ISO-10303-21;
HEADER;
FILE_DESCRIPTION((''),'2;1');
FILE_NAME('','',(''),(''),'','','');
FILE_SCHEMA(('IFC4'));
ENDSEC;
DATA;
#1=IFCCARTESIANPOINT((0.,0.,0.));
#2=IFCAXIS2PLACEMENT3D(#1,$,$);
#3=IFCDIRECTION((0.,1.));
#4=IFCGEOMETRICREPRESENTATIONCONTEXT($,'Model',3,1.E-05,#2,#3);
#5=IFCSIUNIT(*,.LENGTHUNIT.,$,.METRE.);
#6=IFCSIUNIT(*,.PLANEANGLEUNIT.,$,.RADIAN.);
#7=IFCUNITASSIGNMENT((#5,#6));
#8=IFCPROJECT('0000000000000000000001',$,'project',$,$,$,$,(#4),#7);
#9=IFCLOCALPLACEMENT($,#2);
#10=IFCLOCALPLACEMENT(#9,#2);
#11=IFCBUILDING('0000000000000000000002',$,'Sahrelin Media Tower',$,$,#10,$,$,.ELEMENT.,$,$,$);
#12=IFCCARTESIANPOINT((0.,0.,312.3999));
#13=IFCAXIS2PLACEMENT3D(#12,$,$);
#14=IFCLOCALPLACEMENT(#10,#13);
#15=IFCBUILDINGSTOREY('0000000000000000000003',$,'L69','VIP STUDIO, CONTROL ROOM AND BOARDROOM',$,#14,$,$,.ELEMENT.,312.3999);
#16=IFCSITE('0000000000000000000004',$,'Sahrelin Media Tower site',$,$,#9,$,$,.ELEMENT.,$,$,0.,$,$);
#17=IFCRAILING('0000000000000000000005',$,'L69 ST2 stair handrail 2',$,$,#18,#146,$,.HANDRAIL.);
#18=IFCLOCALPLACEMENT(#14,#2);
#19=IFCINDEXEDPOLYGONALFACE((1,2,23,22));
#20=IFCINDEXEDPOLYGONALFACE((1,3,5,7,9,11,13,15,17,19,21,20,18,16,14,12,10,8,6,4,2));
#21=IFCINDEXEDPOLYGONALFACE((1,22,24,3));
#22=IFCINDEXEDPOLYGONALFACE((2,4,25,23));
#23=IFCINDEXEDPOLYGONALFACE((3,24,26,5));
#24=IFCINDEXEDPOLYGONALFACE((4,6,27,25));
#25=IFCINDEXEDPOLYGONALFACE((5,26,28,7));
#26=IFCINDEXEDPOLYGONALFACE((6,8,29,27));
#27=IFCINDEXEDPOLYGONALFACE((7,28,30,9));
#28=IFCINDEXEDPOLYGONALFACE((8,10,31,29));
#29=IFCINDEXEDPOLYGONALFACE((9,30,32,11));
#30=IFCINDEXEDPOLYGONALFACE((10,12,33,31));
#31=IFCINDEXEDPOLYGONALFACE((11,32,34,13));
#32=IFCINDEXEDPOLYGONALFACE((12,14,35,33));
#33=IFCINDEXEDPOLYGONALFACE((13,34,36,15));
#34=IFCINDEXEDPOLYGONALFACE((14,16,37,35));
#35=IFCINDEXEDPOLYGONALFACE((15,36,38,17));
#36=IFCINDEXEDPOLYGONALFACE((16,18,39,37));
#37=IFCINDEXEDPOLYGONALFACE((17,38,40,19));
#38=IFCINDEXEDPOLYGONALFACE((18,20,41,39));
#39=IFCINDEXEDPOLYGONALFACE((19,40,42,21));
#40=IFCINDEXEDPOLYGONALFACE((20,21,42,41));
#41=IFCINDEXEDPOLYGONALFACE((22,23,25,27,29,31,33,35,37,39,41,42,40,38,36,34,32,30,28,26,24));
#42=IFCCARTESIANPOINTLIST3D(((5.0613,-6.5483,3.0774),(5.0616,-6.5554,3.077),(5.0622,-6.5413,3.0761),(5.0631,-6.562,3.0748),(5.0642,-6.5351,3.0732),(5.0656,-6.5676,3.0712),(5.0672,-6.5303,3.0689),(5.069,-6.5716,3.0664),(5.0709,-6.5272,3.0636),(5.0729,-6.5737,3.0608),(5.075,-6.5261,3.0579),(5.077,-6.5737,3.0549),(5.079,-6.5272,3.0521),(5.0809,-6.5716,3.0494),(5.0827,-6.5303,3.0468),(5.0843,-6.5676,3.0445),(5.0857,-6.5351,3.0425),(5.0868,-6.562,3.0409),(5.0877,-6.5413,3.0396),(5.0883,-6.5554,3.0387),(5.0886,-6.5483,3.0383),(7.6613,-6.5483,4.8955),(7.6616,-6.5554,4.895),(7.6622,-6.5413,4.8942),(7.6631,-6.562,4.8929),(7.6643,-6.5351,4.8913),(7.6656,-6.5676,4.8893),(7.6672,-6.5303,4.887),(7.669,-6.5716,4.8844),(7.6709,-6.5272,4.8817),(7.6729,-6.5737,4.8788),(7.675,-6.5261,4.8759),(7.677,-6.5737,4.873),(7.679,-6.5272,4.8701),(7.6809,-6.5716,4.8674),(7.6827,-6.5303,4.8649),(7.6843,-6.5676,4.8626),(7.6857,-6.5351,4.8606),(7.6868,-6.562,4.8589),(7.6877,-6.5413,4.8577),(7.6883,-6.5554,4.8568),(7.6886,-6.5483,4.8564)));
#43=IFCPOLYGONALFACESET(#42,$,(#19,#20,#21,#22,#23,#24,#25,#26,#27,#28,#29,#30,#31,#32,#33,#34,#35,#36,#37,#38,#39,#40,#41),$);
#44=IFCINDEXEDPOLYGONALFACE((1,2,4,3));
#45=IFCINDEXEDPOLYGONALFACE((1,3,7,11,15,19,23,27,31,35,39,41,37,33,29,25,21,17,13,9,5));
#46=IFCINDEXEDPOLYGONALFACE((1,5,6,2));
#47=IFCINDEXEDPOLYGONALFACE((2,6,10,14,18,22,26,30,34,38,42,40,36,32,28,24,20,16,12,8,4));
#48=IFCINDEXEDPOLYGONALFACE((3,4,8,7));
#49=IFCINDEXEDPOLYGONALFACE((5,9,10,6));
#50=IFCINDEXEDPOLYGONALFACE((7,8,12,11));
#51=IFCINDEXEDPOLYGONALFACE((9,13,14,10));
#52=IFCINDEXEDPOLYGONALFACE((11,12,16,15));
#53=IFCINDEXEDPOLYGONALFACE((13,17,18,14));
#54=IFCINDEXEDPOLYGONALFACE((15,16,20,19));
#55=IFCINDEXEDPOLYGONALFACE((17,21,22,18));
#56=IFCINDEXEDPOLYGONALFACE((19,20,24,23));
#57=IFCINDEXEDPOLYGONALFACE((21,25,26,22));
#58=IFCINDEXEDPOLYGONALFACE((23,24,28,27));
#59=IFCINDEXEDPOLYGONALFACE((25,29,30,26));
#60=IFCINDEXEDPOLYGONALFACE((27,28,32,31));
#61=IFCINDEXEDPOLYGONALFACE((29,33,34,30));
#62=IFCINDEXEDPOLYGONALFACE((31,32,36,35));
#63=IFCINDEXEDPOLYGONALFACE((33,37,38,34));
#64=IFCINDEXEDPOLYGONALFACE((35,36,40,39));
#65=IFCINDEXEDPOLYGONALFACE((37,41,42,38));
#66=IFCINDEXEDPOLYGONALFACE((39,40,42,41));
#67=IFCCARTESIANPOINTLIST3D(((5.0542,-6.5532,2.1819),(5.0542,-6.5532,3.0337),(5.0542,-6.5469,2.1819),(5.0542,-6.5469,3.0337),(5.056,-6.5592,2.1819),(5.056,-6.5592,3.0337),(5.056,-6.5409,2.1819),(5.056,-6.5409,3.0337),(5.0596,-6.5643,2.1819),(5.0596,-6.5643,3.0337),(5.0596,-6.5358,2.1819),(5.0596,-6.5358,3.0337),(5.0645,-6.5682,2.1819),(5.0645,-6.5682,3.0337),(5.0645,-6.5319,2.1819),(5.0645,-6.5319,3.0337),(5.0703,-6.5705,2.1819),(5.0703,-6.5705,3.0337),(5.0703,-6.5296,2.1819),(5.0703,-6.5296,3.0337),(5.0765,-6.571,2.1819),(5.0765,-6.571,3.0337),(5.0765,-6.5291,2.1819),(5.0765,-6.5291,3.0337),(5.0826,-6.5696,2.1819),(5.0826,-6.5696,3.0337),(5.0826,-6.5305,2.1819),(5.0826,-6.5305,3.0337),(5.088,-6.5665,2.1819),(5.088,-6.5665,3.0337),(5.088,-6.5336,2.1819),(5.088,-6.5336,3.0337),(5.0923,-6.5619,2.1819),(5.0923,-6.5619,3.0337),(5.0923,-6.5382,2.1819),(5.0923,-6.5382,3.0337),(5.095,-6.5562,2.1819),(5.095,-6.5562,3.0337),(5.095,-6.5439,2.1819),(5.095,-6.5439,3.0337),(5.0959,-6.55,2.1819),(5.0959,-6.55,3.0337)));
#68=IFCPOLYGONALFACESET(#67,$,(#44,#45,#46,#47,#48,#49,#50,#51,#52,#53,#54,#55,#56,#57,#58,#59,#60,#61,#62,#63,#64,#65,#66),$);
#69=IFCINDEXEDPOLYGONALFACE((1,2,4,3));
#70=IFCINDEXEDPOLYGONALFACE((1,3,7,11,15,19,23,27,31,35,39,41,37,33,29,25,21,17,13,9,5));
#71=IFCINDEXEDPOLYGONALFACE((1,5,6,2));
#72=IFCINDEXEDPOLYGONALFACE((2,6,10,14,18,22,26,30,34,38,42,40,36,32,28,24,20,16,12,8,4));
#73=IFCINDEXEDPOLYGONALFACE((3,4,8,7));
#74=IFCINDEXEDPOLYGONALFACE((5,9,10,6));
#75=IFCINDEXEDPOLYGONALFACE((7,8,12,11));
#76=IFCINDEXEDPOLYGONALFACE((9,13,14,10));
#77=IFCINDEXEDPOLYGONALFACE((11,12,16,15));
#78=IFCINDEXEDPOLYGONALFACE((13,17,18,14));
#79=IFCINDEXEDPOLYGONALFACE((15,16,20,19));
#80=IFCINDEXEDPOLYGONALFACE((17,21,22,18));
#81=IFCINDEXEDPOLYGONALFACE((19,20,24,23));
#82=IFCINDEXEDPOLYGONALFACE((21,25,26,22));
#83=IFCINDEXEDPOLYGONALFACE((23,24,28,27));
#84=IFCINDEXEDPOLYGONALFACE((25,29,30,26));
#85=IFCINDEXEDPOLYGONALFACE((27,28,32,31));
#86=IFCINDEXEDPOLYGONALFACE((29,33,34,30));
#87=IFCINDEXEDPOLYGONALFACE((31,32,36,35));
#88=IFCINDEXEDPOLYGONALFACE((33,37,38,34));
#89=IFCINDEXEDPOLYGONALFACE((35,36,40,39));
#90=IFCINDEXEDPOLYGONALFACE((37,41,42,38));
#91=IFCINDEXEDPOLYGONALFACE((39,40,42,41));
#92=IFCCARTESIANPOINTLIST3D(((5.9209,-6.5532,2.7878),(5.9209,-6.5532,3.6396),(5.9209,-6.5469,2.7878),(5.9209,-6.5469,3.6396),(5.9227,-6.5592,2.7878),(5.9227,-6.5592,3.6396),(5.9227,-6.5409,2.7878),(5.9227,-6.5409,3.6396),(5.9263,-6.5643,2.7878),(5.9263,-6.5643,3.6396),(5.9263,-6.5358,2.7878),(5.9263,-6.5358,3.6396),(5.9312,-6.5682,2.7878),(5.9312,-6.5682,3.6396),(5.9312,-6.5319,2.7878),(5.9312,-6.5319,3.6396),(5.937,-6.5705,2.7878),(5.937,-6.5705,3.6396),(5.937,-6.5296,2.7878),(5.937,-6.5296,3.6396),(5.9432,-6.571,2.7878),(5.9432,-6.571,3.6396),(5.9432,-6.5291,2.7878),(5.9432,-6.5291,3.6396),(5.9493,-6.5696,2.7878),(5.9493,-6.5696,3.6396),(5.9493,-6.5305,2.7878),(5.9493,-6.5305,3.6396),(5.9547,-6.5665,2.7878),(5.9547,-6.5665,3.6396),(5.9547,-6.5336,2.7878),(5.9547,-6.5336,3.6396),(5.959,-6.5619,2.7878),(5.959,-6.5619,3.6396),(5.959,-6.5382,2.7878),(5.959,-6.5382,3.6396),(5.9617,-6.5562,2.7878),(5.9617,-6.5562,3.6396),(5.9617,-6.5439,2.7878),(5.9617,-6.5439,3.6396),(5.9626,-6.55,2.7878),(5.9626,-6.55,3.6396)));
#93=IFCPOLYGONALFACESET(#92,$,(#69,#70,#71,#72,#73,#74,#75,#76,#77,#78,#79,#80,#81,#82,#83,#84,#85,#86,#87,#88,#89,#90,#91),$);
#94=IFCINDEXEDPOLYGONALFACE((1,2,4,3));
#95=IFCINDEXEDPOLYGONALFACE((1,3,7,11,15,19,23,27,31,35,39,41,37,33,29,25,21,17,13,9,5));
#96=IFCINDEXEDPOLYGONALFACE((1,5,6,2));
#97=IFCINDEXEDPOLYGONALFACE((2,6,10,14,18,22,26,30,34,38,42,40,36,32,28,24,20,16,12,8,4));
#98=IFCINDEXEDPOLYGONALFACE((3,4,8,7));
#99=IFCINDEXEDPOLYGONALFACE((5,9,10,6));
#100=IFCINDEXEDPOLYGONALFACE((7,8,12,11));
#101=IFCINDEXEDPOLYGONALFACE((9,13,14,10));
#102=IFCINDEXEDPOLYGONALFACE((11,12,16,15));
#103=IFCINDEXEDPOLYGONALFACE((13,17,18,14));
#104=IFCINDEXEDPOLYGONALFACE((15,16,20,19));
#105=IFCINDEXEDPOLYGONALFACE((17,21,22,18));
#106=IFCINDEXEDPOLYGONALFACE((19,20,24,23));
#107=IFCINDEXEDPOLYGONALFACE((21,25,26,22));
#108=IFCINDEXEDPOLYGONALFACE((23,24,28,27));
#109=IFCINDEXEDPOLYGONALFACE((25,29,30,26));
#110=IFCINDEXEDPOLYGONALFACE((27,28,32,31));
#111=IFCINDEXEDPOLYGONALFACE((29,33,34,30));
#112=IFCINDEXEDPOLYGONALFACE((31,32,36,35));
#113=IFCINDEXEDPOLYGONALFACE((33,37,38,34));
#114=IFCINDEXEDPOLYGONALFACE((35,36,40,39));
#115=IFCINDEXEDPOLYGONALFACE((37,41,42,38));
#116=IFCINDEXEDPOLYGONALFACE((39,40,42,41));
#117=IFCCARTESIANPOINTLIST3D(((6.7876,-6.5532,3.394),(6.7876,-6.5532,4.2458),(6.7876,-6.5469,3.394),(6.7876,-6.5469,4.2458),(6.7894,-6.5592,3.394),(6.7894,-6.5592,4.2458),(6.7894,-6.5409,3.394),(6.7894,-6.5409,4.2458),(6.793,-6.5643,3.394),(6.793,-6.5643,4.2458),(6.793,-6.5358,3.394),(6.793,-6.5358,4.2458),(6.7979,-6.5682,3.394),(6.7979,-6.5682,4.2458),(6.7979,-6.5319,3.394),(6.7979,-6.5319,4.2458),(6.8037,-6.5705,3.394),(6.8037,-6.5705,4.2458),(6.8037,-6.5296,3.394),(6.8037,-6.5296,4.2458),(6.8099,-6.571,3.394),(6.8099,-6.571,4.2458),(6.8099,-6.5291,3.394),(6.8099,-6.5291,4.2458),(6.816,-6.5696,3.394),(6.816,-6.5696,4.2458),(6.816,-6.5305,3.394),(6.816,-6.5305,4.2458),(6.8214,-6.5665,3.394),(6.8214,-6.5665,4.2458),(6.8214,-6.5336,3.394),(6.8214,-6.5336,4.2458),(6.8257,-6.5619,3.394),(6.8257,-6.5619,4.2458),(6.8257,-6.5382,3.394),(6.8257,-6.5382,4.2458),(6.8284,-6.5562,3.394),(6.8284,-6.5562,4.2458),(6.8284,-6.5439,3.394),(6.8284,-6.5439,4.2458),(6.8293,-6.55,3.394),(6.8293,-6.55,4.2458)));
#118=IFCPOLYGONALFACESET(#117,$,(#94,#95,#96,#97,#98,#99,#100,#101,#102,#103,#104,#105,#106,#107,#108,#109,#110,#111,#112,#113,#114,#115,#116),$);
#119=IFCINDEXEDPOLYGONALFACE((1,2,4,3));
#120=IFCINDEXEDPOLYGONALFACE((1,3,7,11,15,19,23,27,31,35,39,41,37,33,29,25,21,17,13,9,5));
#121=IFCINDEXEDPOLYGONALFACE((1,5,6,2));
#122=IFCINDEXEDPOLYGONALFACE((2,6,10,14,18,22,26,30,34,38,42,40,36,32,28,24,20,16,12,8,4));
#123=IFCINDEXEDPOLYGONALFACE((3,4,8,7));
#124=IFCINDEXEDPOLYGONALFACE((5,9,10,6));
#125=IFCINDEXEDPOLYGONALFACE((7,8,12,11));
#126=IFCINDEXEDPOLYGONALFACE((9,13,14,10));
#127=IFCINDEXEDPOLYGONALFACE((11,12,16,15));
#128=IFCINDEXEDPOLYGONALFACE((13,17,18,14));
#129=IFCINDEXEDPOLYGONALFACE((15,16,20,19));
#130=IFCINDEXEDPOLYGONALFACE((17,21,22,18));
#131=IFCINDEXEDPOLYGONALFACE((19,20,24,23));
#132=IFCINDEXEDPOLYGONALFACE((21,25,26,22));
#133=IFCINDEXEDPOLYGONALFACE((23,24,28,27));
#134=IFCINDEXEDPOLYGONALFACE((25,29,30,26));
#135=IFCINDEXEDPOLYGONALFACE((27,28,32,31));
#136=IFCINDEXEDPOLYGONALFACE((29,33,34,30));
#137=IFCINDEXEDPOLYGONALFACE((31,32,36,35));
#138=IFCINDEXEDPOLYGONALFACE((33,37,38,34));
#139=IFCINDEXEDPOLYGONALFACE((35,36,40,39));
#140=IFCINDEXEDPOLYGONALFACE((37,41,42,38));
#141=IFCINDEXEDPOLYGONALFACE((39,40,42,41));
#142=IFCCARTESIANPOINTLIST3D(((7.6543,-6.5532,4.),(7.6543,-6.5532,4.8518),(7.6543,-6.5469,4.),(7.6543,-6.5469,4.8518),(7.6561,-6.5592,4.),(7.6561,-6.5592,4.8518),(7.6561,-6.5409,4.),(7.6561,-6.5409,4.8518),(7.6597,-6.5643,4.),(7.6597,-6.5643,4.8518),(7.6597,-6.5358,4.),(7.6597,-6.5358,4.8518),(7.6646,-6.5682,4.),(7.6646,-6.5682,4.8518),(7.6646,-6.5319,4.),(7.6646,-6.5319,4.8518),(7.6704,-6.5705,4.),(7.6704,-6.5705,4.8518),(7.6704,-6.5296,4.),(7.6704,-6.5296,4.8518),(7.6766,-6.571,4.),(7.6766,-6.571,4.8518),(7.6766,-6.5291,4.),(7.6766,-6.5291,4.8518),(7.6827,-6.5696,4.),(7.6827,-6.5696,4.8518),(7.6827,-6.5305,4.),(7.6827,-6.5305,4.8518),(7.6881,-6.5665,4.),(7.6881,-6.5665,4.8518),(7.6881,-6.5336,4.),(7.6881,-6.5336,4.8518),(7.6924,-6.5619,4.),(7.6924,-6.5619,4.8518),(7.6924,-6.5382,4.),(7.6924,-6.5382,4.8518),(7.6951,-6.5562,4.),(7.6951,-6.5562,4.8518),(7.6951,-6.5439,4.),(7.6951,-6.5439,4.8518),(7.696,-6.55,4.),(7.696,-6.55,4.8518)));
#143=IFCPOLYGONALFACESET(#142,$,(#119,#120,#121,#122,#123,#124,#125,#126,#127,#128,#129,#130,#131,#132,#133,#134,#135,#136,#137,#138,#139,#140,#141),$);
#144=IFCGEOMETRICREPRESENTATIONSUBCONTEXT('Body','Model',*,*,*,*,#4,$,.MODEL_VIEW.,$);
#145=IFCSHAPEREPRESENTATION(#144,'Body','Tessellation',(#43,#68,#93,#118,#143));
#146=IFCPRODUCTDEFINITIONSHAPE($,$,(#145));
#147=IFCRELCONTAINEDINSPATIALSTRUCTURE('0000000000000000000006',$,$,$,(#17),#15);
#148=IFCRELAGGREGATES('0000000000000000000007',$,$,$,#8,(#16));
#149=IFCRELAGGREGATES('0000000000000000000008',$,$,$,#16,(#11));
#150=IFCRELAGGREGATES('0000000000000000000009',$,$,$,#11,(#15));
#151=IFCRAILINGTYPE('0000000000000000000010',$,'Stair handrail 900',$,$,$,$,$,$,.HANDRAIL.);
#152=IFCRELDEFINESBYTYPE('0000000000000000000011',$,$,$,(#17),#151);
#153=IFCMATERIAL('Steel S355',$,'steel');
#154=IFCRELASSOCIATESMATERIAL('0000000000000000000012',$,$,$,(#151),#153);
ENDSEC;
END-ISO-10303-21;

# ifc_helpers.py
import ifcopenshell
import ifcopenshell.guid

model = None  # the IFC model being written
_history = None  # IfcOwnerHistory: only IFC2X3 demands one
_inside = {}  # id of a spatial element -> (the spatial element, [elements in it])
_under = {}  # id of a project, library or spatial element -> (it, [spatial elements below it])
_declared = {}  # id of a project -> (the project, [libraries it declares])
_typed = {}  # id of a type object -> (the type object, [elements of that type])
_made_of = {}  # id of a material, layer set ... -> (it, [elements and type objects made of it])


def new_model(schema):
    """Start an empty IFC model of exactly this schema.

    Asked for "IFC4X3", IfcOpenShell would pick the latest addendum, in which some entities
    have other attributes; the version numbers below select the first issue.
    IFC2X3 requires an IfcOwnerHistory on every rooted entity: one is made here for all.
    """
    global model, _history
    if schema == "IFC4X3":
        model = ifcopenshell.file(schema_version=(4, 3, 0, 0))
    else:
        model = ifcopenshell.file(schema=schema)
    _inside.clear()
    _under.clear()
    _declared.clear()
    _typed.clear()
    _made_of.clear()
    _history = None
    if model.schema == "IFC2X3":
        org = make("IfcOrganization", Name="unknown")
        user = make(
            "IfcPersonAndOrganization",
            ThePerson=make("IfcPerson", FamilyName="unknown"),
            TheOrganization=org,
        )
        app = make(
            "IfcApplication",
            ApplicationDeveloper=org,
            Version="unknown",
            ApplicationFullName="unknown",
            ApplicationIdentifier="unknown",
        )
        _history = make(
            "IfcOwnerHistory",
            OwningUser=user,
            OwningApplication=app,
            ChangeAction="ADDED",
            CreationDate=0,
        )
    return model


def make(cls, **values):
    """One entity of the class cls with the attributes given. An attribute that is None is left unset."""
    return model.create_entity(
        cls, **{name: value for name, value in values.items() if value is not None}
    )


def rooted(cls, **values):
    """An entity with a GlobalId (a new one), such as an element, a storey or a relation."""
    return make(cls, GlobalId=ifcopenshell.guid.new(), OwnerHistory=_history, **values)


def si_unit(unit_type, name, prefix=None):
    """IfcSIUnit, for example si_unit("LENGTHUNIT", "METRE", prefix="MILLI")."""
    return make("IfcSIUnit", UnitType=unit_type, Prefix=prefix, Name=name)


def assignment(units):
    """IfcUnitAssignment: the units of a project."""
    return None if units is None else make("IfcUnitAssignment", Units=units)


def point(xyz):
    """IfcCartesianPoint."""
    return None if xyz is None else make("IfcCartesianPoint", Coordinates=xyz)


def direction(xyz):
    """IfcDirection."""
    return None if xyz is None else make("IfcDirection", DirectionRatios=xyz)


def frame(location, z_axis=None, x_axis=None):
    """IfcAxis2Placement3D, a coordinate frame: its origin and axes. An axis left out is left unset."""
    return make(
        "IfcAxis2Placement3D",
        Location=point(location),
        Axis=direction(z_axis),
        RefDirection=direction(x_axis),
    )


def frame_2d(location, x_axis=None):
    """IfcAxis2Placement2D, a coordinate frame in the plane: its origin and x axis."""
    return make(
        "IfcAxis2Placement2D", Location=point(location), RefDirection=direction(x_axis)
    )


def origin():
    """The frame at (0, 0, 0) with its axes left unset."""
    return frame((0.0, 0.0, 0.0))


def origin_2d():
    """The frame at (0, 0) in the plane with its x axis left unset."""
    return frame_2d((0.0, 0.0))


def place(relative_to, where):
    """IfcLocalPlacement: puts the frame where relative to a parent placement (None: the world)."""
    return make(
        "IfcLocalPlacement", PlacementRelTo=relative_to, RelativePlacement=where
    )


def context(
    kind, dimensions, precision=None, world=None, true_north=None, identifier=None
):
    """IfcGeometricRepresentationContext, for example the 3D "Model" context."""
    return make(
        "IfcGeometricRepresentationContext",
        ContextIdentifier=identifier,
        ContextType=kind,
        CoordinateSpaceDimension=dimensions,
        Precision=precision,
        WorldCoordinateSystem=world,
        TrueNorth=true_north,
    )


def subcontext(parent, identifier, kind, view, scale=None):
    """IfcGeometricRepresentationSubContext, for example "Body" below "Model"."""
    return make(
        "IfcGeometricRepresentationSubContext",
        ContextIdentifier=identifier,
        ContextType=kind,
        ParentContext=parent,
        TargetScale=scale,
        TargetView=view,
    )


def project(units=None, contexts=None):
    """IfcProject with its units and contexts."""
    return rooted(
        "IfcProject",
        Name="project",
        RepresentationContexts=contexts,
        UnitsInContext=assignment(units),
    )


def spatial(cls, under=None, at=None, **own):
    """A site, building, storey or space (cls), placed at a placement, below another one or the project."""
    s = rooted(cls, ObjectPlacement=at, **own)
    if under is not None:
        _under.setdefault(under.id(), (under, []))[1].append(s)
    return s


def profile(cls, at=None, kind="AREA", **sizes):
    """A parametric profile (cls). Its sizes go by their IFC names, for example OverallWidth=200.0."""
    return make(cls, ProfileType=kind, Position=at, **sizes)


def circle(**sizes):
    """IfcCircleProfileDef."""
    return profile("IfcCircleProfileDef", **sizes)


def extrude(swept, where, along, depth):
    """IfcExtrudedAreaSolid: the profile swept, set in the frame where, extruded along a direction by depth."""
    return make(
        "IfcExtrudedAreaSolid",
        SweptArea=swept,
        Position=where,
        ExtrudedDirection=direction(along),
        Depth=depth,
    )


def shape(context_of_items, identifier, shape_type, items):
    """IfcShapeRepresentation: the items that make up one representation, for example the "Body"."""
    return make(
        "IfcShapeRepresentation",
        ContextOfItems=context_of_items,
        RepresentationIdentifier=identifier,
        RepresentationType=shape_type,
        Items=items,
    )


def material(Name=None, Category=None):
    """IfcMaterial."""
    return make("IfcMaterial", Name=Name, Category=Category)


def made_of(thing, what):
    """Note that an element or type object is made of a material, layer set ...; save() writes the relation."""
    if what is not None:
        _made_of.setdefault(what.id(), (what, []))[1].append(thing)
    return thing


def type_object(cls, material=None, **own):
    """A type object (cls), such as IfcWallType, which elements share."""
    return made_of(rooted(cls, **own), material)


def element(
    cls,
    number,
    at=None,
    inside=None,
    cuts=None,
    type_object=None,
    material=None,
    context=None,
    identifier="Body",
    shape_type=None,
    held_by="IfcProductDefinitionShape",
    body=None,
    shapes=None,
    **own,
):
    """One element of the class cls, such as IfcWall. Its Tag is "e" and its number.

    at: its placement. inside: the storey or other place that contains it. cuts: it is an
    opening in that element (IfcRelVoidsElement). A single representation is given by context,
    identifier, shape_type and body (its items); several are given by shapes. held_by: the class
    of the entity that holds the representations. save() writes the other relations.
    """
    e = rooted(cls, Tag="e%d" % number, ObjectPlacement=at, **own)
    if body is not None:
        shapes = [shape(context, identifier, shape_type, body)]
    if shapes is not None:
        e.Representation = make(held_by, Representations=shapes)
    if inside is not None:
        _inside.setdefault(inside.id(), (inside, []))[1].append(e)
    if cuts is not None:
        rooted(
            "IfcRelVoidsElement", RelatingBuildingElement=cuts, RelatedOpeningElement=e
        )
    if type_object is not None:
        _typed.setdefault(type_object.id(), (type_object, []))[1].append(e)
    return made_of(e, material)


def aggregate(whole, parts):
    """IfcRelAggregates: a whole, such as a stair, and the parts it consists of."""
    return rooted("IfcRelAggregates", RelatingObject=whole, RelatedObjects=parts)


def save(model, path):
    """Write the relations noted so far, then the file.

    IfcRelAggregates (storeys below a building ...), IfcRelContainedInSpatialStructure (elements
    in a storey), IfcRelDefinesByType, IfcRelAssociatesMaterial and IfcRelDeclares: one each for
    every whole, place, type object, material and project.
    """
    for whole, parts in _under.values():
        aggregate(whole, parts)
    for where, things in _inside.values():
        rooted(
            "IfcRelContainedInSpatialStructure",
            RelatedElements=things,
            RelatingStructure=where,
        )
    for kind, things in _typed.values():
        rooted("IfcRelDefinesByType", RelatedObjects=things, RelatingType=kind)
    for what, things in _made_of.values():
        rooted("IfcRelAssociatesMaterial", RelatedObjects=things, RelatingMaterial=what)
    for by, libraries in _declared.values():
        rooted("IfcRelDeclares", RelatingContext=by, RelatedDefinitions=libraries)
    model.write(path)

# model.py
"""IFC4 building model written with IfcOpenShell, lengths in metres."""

from ifc_helpers import new_model, si_unit, direction, frame, origin, origin_2d, place, context, subcontext, project, spatial, circle, extrude, material, type_object, element, save


model = new_model("IFC4")

# Units and contexts
model_context = context("Model", 3, precision=1e-05, world=origin(), true_north=direction((0.0, 1.0)))
body_context = subcontext(model_context, "Body", "Model", "MODEL_VIEW")
ifc_project = project(units=[si_unit("LENGTHUNIT", "METRE"), si_unit("PLANEANGLEUNIT", "RADIAN")], contexts=[model_context])

# Site, building, storey
site_placement = place(None, origin())
site = spatial("IfcSite", under=ifc_project, at=site_placement, Name="Sahrelin Media Tower site", CompositionType="ELEMENT", RefElevation=0.0)
building_placement = place(site_placement, origin())
building = spatial("IfcBuilding", under=site, at=building_placement, Name="Sahrelin Media Tower", CompositionType="ELEMENT")
storey_placement = place(building_placement, frame((0.0, 0.0, 312.3999)))
storey = spatial("IfcBuildingStorey", under=building, at=storey_placement, Name="L69", Description="VIP STUDIO, CONTROL ROOM AND BOARDROOM", CompositionType="ELEMENT", Elevation=312.3999)

# Railing
ifc_material_1 = material(Name="Steel S355", Category="steel")
railing_type_1 = type_object("IfcRailingType", Name="Stair handrail 900", PredefinedType="HANDRAIL", material=ifc_material_1)
railing_1_placement = place(storey_placement, frame((5.075, -6.55, 2.1819)))
element("IfcRailing", 1, at=railing_1_placement, inside=storey, type_object=railing_type_1, Name="L69 ST2 stair handrail 2", PredefinedType="HANDRAIL", context=body_context, shape_type="SweptSolid", body=[
    extrude(circle(Radius=0.0239, at=origin_2d()), frame((0.0, 0.0, 0.876), z_axis=(0.819521, 0.0, 0.573049), x_axis=(0.0, 1.0, 0.0)), (0.0, 0.0, 1.0), 3.1726),
    extrude(circle(Radius=0.021, at=origin_2d()), origin(), (0.0, 0.0, 1.0), 0.8518),
    extrude(circle(Radius=0.021, at=origin_2d()), frame((0.8667, 0.0, 0.606)), (0.0, 0.0, 1.0), 0.8518),
    extrude(circle(Radius=0.021, at=origin_2d()), frame((1.7334, 0.0, 1.2122)), (0.0, 0.0, 1.0), 0.8518),
    extrude(circle(Radius=0.021, at=origin_2d()), frame((2.6001, 0.0, 1.8181)), (0.0, 0.0, 1.0), 0.8518),
])

save(model, "model.ifc")
